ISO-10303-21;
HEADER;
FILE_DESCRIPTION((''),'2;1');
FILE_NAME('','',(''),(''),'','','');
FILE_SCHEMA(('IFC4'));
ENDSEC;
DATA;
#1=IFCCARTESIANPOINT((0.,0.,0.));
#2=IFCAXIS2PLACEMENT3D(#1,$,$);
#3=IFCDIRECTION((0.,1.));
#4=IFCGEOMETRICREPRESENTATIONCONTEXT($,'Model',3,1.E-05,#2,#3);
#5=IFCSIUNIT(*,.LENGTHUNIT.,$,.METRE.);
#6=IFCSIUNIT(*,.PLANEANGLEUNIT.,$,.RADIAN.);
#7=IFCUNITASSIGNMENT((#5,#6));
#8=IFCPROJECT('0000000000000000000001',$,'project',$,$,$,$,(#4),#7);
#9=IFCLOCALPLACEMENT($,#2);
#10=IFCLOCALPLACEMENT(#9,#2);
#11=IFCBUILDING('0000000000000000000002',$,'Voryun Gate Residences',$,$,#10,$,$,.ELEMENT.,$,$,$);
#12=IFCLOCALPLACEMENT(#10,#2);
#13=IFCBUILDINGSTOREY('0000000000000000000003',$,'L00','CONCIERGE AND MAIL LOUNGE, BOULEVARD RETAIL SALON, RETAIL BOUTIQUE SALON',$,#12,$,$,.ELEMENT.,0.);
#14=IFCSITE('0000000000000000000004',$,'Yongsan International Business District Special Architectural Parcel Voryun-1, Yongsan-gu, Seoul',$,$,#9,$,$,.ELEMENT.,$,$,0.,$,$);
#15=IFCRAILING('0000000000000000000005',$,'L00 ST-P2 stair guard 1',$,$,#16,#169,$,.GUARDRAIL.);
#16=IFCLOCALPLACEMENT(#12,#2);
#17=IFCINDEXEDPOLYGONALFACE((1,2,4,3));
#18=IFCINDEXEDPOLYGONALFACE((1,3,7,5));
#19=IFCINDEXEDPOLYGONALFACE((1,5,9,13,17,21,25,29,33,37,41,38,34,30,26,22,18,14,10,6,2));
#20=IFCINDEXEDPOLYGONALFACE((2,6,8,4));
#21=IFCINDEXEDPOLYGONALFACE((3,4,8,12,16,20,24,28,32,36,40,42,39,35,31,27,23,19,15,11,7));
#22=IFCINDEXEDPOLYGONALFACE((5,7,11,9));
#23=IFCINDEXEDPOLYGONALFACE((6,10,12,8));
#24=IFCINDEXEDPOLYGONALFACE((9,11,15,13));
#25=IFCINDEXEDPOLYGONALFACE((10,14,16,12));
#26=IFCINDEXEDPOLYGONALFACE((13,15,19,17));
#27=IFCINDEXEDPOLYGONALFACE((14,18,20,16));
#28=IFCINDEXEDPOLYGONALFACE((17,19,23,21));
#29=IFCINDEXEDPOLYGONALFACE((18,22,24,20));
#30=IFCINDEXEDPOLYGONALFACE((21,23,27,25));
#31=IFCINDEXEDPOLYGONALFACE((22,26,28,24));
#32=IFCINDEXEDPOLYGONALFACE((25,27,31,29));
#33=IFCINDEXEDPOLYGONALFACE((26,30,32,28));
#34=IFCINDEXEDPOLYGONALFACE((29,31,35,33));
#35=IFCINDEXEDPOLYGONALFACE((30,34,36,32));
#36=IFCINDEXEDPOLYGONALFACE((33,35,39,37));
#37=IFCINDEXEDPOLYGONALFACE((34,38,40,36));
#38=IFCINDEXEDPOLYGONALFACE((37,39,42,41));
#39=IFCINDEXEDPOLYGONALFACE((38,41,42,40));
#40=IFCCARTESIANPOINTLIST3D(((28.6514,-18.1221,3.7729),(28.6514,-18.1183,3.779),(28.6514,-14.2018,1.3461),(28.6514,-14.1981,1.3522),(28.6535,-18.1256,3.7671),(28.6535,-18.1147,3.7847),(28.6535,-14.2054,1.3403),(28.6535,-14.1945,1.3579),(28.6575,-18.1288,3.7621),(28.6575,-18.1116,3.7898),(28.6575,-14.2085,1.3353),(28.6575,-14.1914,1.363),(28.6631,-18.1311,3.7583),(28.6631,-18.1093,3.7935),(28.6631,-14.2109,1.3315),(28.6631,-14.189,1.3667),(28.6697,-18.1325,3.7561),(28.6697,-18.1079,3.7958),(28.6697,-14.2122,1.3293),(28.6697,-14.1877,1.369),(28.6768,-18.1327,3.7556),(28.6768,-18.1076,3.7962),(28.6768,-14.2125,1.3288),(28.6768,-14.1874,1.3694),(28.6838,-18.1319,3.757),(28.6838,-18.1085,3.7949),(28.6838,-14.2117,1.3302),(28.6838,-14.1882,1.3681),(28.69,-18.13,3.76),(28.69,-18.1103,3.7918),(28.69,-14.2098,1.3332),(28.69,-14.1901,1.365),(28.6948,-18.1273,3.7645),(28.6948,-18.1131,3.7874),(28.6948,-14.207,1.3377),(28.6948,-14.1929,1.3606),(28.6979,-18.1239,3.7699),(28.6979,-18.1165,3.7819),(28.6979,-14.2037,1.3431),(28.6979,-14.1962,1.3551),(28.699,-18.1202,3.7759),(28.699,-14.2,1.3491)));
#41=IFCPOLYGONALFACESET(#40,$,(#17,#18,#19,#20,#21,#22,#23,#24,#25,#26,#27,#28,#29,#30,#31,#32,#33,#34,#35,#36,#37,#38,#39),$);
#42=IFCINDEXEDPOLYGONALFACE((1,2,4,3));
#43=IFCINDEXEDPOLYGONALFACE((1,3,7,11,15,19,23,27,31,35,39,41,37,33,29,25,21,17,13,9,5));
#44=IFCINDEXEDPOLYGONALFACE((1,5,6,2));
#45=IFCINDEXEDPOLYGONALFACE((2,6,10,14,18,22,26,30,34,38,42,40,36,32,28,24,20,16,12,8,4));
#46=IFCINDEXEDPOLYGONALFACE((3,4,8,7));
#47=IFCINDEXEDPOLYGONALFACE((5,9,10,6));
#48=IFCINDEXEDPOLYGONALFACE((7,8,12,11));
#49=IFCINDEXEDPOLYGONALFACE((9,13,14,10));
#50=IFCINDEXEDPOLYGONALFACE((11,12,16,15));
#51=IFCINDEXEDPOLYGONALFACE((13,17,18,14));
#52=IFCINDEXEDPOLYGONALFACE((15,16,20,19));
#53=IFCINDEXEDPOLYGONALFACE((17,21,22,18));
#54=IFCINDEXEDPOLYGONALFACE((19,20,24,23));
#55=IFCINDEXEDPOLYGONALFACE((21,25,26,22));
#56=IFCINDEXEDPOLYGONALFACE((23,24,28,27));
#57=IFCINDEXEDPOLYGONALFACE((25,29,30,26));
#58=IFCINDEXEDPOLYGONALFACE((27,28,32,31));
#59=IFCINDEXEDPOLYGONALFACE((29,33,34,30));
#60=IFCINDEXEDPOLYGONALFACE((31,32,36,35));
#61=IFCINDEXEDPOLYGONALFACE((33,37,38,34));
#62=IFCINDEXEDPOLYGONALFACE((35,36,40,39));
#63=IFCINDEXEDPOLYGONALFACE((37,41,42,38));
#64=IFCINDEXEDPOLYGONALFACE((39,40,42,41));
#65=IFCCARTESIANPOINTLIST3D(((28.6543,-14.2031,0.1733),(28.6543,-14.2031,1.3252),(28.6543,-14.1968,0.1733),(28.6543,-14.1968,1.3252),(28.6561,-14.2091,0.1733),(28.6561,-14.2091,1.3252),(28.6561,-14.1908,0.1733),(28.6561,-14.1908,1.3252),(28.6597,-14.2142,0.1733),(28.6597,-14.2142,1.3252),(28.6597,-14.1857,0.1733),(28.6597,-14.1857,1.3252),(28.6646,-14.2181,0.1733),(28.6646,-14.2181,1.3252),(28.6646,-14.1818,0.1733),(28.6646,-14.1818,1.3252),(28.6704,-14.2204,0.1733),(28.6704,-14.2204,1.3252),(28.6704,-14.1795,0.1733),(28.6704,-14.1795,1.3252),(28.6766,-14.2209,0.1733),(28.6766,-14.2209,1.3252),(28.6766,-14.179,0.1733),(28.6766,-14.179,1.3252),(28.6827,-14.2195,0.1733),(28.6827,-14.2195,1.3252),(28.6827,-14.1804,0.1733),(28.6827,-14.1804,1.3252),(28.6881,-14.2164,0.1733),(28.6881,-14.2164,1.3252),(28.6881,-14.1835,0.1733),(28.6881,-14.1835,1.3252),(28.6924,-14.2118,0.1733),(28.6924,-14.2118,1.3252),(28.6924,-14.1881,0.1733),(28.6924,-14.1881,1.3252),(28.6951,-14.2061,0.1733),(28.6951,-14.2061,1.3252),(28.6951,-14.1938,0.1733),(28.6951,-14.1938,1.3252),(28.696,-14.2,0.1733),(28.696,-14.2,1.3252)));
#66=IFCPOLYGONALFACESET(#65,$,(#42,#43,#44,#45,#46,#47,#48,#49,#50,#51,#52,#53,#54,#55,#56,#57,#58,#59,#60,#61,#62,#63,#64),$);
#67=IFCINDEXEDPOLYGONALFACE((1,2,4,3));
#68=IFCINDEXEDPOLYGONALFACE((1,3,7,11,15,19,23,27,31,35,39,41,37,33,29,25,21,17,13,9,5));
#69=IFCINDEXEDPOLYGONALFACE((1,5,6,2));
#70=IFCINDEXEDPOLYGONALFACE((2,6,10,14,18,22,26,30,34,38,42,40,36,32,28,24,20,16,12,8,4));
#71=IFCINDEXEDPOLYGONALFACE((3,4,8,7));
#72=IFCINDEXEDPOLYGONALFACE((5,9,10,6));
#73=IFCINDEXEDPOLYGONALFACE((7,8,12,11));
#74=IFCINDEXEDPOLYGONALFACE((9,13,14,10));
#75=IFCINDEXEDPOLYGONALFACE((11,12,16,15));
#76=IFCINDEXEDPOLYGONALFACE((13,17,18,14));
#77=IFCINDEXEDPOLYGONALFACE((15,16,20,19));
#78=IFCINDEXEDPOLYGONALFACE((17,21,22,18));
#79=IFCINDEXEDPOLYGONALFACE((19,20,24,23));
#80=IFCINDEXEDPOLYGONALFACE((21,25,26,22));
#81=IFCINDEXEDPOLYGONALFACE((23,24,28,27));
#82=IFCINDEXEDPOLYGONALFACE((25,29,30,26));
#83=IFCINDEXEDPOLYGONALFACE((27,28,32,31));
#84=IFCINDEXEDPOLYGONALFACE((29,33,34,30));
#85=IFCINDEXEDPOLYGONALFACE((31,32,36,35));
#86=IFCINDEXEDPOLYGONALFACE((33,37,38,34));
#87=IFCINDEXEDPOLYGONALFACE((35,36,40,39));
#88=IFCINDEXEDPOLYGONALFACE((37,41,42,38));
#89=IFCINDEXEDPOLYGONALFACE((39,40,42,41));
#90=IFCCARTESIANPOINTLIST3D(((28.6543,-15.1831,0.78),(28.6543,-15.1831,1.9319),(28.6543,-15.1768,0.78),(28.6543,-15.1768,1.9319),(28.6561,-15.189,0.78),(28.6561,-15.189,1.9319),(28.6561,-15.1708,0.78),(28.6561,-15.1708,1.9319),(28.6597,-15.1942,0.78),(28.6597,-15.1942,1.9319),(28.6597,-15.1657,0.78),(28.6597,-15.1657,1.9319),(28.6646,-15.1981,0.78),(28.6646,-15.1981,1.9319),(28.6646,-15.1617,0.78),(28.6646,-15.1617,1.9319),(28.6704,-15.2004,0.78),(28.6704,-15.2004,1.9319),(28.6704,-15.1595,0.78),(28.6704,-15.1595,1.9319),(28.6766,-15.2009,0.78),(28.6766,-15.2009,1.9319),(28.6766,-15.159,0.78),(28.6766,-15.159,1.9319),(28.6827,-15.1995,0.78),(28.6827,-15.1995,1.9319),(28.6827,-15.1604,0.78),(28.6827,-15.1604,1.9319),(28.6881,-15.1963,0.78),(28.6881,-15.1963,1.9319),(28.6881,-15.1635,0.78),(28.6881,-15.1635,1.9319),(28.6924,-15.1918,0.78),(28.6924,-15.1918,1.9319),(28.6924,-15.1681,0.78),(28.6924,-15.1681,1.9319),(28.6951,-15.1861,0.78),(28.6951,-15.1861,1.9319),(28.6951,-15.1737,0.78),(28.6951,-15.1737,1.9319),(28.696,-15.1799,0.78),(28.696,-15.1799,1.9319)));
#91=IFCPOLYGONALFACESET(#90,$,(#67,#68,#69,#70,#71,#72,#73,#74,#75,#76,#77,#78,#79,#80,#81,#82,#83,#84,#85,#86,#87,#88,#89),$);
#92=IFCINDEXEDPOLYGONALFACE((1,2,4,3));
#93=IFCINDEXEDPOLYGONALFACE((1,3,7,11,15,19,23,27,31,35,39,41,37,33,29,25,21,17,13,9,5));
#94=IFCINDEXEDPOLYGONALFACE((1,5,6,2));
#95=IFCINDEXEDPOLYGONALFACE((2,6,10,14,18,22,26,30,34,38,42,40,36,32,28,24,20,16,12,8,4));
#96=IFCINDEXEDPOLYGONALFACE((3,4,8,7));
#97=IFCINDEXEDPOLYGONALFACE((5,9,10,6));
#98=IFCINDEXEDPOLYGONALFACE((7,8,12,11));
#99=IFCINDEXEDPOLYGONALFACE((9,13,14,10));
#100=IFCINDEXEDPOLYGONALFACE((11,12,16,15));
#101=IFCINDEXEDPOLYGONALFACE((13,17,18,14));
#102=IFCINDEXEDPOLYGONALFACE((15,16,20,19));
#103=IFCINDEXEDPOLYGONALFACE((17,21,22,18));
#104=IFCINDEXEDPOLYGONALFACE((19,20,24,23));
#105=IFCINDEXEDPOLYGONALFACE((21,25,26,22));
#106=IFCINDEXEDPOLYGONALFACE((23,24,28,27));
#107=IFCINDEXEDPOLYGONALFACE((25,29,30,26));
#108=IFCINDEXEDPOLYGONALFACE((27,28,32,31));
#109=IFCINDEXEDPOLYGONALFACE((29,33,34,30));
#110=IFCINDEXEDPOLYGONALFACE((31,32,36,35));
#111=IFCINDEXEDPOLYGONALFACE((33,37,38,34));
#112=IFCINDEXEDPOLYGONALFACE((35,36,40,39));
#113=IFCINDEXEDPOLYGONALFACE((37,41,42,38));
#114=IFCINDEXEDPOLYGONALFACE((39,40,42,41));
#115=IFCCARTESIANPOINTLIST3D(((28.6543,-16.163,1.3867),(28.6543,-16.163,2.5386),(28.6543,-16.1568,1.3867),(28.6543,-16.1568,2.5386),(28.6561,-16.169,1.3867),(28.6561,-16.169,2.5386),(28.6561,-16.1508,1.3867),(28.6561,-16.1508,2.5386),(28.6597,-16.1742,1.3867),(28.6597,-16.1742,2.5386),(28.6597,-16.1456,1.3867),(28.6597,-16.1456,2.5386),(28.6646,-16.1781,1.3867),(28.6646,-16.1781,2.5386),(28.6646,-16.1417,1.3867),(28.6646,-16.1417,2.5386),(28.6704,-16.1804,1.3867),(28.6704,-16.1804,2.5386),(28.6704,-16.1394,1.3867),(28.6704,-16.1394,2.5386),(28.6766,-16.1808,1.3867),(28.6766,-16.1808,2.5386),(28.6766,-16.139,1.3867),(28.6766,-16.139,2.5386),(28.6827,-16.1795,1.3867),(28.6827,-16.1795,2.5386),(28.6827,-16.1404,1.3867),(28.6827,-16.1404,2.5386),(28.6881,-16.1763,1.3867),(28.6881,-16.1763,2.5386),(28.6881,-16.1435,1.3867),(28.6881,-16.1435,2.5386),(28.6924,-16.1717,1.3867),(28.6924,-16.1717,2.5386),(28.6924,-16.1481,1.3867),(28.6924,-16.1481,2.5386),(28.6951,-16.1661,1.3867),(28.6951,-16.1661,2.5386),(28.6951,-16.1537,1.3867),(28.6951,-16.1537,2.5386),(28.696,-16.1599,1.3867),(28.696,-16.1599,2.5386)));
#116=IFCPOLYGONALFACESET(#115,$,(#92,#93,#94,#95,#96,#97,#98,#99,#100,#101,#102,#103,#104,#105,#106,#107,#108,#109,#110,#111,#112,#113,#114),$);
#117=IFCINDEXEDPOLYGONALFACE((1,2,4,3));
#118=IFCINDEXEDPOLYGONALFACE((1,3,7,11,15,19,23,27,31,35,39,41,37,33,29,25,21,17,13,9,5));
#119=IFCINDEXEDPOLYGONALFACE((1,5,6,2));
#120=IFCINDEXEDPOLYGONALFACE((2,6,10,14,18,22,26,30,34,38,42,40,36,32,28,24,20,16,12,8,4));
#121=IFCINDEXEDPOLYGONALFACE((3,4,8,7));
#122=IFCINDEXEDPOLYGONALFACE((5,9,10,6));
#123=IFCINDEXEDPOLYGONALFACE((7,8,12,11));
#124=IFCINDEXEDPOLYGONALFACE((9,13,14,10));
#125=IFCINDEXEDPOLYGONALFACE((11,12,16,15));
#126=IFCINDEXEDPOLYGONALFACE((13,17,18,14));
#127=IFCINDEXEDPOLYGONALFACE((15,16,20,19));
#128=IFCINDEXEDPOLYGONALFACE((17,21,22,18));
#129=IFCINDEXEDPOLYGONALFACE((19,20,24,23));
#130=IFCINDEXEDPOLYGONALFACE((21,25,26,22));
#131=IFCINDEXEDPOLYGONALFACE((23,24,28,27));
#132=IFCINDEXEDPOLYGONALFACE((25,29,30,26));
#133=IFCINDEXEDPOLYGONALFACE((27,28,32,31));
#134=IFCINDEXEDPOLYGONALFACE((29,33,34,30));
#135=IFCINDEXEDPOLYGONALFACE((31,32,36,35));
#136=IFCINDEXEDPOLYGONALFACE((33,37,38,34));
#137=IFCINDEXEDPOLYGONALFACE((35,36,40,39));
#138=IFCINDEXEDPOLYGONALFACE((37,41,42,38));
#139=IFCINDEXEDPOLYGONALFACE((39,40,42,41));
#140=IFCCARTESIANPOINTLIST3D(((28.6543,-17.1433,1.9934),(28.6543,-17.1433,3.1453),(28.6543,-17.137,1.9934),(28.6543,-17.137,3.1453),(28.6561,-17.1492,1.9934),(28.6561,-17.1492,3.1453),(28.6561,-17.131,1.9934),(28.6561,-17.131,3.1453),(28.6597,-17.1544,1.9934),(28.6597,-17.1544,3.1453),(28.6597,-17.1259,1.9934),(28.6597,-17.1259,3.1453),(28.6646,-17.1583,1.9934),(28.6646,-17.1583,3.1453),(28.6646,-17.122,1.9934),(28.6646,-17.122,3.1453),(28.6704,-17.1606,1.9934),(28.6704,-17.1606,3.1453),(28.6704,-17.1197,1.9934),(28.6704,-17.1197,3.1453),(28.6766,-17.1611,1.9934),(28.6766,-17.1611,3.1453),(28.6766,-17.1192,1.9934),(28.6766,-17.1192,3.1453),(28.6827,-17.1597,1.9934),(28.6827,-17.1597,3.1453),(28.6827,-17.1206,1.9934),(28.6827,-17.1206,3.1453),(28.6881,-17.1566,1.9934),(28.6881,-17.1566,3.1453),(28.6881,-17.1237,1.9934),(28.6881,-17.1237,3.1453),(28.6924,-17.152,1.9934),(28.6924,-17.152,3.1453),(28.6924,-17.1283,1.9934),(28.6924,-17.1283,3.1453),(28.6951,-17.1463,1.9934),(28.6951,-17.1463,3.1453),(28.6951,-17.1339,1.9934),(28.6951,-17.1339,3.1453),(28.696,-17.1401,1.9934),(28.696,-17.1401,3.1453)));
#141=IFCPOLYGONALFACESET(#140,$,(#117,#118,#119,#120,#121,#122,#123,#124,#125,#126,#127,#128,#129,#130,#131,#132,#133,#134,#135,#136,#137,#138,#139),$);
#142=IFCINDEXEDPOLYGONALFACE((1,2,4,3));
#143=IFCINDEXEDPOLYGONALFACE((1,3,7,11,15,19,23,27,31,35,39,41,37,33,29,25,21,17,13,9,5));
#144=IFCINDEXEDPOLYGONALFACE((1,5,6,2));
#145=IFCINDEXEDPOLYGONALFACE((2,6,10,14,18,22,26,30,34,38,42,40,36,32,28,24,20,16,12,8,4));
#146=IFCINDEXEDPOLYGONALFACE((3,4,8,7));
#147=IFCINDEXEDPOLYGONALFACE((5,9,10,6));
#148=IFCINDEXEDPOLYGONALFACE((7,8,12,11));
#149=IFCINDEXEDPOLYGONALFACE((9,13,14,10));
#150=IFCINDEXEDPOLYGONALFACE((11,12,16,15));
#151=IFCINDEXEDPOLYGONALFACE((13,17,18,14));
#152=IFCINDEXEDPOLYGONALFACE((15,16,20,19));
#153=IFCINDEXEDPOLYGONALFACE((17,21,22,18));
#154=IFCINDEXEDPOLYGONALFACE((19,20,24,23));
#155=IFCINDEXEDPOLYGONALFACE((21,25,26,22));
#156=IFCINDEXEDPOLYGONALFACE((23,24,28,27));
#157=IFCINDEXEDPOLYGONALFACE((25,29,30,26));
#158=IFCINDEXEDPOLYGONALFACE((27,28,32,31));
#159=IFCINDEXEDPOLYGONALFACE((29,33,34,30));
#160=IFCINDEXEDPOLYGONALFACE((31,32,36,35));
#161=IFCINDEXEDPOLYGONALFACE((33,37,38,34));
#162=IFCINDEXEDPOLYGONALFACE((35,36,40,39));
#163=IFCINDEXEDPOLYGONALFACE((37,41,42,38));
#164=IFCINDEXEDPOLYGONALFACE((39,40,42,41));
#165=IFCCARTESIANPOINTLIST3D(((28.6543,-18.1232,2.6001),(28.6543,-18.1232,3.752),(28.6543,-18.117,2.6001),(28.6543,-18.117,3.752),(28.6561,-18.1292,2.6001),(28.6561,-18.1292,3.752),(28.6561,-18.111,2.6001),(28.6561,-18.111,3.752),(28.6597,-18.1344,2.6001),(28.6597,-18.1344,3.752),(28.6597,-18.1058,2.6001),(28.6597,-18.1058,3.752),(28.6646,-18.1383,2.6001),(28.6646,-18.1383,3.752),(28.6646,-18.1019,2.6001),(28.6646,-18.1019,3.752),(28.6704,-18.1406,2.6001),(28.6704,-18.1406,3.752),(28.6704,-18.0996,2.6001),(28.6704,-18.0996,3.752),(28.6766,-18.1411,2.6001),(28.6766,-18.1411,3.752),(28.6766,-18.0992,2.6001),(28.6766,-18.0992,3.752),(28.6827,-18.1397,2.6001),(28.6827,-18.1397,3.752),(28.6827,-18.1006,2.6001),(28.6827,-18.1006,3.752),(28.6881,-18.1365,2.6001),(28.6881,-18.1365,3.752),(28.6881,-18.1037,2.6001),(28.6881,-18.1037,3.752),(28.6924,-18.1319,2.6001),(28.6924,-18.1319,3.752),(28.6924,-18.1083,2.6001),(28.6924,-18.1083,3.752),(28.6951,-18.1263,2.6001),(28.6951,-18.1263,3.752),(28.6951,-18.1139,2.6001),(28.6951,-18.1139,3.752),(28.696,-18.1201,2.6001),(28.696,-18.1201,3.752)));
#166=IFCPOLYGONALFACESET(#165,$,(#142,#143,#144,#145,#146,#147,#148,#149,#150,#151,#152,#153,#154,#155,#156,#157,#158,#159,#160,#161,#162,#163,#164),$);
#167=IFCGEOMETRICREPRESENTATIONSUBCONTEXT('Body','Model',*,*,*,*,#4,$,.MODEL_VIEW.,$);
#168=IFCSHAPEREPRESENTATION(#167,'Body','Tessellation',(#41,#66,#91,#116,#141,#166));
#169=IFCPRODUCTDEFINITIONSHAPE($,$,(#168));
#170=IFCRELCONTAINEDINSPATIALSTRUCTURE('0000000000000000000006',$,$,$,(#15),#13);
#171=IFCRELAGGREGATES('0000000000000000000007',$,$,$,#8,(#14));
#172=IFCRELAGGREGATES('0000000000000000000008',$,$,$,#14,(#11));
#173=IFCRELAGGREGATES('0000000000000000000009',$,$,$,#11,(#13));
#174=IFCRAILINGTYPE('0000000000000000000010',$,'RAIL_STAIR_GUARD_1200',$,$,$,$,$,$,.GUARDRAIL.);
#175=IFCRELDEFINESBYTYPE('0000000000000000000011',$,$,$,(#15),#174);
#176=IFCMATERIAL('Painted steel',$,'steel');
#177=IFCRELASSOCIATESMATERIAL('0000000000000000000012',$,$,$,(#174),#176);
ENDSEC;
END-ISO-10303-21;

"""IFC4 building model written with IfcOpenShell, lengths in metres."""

from ifc_helpers import new_model, si_unit, direction, frame, origin, origin_2d, place, context, subcontext, project, spatial, circle, extrude, material, type_object, element, save


model = new_model("IFC4")

# Units and contexts
model_context = context("Model", 3, precision=1e-05, world=origin(), true_north=direction((0.0, 1.0)))
body_context = subcontext(model_context, "Body", "Model", "MODEL_VIEW")
ifc_project = project(units=[si_unit("LENGTHUNIT", "METRE"), si_unit("PLANEANGLEUNIT", "RADIAN")], contexts=[model_context])

# Site, building, storey
site_placement = place(None, origin())
site = spatial("IfcSite", under=ifc_project, at=site_placement, Name="Yongsan International Business District Special Architectural Parcel Voryun-1, Yongsan-gu, Seoul", CompositionType="ELEMENT", RefElevation=0.0)
building_placement = place(site_placement, origin())
building = spatial("IfcBuilding", under=site, at=building_placement, Name="Voryun Gate Residences", CompositionType="ELEMENT")
storey_placement = place(building_placement, origin())
storey = spatial("IfcBuildingStorey", under=building, at=storey_placement, Name="L00", Description="CONCIERGE AND MAIL LOUNGE, BOULEVARD RETAIL SALON, RETAIL BOUTIQUE SALON", CompositionType="ELEMENT", Elevation=0.0)

# Railing
ifc_material_1 = material(Name="Painted steel", Category="steel")
railing_type_1 = type_object("IfcRailingType", Name="RAIL_STAIR_GUARD_1200", PredefinedType="GUARDRAIL", material=ifc_material_1)
railing_1_placement = place(storey_placement, frame((28.675, -14.2, 0.1733)))
element("IfcRailing", 1, at=railing_1_placement, inside=storey, type_object=railing_type_1, Name="L00 ST-P2 stair guard 1", PredefinedType="GUARDRAIL", context=body_context, shape_type="SweptSolid", body=[
    extrude(circle(Radius=0.0239, at=origin_2d()), frame((0.0, 0.0, 1.1758), z_axis=(0.0, -0.850266, 0.526353), x_axis=(1.0, 0.0, 0.0)), (0.0, 0.0, 1.0), 4.6106),
    extrude(circle(Radius=0.021, at=origin_2d()), origin(), (0.0, 0.0, 1.0), 1.1519),
    extrude(circle(Radius=0.021, at=origin_2d()), frame((0.0, -0.98, 0.6067)), (0.0, 0.0, 1.0), 1.1519),
    extrude(circle(Radius=0.021, at=origin_2d()), frame((0.0, -1.96, 1.2134)), (0.0, 0.0, 1.0), 1.1519),
    extrude(circle(Radius=0.021, at=origin_2d()), frame((0.0, -2.9402, 1.8201)), (0.0, 0.0, 1.0), 1.1519),
    extrude(circle(Radius=0.021, at=origin_2d()), frame((0.0, -3.9202, 2.4268)), (0.0, 0.0, 1.0), 1.1519),
])

save(model, "model.ifc")
